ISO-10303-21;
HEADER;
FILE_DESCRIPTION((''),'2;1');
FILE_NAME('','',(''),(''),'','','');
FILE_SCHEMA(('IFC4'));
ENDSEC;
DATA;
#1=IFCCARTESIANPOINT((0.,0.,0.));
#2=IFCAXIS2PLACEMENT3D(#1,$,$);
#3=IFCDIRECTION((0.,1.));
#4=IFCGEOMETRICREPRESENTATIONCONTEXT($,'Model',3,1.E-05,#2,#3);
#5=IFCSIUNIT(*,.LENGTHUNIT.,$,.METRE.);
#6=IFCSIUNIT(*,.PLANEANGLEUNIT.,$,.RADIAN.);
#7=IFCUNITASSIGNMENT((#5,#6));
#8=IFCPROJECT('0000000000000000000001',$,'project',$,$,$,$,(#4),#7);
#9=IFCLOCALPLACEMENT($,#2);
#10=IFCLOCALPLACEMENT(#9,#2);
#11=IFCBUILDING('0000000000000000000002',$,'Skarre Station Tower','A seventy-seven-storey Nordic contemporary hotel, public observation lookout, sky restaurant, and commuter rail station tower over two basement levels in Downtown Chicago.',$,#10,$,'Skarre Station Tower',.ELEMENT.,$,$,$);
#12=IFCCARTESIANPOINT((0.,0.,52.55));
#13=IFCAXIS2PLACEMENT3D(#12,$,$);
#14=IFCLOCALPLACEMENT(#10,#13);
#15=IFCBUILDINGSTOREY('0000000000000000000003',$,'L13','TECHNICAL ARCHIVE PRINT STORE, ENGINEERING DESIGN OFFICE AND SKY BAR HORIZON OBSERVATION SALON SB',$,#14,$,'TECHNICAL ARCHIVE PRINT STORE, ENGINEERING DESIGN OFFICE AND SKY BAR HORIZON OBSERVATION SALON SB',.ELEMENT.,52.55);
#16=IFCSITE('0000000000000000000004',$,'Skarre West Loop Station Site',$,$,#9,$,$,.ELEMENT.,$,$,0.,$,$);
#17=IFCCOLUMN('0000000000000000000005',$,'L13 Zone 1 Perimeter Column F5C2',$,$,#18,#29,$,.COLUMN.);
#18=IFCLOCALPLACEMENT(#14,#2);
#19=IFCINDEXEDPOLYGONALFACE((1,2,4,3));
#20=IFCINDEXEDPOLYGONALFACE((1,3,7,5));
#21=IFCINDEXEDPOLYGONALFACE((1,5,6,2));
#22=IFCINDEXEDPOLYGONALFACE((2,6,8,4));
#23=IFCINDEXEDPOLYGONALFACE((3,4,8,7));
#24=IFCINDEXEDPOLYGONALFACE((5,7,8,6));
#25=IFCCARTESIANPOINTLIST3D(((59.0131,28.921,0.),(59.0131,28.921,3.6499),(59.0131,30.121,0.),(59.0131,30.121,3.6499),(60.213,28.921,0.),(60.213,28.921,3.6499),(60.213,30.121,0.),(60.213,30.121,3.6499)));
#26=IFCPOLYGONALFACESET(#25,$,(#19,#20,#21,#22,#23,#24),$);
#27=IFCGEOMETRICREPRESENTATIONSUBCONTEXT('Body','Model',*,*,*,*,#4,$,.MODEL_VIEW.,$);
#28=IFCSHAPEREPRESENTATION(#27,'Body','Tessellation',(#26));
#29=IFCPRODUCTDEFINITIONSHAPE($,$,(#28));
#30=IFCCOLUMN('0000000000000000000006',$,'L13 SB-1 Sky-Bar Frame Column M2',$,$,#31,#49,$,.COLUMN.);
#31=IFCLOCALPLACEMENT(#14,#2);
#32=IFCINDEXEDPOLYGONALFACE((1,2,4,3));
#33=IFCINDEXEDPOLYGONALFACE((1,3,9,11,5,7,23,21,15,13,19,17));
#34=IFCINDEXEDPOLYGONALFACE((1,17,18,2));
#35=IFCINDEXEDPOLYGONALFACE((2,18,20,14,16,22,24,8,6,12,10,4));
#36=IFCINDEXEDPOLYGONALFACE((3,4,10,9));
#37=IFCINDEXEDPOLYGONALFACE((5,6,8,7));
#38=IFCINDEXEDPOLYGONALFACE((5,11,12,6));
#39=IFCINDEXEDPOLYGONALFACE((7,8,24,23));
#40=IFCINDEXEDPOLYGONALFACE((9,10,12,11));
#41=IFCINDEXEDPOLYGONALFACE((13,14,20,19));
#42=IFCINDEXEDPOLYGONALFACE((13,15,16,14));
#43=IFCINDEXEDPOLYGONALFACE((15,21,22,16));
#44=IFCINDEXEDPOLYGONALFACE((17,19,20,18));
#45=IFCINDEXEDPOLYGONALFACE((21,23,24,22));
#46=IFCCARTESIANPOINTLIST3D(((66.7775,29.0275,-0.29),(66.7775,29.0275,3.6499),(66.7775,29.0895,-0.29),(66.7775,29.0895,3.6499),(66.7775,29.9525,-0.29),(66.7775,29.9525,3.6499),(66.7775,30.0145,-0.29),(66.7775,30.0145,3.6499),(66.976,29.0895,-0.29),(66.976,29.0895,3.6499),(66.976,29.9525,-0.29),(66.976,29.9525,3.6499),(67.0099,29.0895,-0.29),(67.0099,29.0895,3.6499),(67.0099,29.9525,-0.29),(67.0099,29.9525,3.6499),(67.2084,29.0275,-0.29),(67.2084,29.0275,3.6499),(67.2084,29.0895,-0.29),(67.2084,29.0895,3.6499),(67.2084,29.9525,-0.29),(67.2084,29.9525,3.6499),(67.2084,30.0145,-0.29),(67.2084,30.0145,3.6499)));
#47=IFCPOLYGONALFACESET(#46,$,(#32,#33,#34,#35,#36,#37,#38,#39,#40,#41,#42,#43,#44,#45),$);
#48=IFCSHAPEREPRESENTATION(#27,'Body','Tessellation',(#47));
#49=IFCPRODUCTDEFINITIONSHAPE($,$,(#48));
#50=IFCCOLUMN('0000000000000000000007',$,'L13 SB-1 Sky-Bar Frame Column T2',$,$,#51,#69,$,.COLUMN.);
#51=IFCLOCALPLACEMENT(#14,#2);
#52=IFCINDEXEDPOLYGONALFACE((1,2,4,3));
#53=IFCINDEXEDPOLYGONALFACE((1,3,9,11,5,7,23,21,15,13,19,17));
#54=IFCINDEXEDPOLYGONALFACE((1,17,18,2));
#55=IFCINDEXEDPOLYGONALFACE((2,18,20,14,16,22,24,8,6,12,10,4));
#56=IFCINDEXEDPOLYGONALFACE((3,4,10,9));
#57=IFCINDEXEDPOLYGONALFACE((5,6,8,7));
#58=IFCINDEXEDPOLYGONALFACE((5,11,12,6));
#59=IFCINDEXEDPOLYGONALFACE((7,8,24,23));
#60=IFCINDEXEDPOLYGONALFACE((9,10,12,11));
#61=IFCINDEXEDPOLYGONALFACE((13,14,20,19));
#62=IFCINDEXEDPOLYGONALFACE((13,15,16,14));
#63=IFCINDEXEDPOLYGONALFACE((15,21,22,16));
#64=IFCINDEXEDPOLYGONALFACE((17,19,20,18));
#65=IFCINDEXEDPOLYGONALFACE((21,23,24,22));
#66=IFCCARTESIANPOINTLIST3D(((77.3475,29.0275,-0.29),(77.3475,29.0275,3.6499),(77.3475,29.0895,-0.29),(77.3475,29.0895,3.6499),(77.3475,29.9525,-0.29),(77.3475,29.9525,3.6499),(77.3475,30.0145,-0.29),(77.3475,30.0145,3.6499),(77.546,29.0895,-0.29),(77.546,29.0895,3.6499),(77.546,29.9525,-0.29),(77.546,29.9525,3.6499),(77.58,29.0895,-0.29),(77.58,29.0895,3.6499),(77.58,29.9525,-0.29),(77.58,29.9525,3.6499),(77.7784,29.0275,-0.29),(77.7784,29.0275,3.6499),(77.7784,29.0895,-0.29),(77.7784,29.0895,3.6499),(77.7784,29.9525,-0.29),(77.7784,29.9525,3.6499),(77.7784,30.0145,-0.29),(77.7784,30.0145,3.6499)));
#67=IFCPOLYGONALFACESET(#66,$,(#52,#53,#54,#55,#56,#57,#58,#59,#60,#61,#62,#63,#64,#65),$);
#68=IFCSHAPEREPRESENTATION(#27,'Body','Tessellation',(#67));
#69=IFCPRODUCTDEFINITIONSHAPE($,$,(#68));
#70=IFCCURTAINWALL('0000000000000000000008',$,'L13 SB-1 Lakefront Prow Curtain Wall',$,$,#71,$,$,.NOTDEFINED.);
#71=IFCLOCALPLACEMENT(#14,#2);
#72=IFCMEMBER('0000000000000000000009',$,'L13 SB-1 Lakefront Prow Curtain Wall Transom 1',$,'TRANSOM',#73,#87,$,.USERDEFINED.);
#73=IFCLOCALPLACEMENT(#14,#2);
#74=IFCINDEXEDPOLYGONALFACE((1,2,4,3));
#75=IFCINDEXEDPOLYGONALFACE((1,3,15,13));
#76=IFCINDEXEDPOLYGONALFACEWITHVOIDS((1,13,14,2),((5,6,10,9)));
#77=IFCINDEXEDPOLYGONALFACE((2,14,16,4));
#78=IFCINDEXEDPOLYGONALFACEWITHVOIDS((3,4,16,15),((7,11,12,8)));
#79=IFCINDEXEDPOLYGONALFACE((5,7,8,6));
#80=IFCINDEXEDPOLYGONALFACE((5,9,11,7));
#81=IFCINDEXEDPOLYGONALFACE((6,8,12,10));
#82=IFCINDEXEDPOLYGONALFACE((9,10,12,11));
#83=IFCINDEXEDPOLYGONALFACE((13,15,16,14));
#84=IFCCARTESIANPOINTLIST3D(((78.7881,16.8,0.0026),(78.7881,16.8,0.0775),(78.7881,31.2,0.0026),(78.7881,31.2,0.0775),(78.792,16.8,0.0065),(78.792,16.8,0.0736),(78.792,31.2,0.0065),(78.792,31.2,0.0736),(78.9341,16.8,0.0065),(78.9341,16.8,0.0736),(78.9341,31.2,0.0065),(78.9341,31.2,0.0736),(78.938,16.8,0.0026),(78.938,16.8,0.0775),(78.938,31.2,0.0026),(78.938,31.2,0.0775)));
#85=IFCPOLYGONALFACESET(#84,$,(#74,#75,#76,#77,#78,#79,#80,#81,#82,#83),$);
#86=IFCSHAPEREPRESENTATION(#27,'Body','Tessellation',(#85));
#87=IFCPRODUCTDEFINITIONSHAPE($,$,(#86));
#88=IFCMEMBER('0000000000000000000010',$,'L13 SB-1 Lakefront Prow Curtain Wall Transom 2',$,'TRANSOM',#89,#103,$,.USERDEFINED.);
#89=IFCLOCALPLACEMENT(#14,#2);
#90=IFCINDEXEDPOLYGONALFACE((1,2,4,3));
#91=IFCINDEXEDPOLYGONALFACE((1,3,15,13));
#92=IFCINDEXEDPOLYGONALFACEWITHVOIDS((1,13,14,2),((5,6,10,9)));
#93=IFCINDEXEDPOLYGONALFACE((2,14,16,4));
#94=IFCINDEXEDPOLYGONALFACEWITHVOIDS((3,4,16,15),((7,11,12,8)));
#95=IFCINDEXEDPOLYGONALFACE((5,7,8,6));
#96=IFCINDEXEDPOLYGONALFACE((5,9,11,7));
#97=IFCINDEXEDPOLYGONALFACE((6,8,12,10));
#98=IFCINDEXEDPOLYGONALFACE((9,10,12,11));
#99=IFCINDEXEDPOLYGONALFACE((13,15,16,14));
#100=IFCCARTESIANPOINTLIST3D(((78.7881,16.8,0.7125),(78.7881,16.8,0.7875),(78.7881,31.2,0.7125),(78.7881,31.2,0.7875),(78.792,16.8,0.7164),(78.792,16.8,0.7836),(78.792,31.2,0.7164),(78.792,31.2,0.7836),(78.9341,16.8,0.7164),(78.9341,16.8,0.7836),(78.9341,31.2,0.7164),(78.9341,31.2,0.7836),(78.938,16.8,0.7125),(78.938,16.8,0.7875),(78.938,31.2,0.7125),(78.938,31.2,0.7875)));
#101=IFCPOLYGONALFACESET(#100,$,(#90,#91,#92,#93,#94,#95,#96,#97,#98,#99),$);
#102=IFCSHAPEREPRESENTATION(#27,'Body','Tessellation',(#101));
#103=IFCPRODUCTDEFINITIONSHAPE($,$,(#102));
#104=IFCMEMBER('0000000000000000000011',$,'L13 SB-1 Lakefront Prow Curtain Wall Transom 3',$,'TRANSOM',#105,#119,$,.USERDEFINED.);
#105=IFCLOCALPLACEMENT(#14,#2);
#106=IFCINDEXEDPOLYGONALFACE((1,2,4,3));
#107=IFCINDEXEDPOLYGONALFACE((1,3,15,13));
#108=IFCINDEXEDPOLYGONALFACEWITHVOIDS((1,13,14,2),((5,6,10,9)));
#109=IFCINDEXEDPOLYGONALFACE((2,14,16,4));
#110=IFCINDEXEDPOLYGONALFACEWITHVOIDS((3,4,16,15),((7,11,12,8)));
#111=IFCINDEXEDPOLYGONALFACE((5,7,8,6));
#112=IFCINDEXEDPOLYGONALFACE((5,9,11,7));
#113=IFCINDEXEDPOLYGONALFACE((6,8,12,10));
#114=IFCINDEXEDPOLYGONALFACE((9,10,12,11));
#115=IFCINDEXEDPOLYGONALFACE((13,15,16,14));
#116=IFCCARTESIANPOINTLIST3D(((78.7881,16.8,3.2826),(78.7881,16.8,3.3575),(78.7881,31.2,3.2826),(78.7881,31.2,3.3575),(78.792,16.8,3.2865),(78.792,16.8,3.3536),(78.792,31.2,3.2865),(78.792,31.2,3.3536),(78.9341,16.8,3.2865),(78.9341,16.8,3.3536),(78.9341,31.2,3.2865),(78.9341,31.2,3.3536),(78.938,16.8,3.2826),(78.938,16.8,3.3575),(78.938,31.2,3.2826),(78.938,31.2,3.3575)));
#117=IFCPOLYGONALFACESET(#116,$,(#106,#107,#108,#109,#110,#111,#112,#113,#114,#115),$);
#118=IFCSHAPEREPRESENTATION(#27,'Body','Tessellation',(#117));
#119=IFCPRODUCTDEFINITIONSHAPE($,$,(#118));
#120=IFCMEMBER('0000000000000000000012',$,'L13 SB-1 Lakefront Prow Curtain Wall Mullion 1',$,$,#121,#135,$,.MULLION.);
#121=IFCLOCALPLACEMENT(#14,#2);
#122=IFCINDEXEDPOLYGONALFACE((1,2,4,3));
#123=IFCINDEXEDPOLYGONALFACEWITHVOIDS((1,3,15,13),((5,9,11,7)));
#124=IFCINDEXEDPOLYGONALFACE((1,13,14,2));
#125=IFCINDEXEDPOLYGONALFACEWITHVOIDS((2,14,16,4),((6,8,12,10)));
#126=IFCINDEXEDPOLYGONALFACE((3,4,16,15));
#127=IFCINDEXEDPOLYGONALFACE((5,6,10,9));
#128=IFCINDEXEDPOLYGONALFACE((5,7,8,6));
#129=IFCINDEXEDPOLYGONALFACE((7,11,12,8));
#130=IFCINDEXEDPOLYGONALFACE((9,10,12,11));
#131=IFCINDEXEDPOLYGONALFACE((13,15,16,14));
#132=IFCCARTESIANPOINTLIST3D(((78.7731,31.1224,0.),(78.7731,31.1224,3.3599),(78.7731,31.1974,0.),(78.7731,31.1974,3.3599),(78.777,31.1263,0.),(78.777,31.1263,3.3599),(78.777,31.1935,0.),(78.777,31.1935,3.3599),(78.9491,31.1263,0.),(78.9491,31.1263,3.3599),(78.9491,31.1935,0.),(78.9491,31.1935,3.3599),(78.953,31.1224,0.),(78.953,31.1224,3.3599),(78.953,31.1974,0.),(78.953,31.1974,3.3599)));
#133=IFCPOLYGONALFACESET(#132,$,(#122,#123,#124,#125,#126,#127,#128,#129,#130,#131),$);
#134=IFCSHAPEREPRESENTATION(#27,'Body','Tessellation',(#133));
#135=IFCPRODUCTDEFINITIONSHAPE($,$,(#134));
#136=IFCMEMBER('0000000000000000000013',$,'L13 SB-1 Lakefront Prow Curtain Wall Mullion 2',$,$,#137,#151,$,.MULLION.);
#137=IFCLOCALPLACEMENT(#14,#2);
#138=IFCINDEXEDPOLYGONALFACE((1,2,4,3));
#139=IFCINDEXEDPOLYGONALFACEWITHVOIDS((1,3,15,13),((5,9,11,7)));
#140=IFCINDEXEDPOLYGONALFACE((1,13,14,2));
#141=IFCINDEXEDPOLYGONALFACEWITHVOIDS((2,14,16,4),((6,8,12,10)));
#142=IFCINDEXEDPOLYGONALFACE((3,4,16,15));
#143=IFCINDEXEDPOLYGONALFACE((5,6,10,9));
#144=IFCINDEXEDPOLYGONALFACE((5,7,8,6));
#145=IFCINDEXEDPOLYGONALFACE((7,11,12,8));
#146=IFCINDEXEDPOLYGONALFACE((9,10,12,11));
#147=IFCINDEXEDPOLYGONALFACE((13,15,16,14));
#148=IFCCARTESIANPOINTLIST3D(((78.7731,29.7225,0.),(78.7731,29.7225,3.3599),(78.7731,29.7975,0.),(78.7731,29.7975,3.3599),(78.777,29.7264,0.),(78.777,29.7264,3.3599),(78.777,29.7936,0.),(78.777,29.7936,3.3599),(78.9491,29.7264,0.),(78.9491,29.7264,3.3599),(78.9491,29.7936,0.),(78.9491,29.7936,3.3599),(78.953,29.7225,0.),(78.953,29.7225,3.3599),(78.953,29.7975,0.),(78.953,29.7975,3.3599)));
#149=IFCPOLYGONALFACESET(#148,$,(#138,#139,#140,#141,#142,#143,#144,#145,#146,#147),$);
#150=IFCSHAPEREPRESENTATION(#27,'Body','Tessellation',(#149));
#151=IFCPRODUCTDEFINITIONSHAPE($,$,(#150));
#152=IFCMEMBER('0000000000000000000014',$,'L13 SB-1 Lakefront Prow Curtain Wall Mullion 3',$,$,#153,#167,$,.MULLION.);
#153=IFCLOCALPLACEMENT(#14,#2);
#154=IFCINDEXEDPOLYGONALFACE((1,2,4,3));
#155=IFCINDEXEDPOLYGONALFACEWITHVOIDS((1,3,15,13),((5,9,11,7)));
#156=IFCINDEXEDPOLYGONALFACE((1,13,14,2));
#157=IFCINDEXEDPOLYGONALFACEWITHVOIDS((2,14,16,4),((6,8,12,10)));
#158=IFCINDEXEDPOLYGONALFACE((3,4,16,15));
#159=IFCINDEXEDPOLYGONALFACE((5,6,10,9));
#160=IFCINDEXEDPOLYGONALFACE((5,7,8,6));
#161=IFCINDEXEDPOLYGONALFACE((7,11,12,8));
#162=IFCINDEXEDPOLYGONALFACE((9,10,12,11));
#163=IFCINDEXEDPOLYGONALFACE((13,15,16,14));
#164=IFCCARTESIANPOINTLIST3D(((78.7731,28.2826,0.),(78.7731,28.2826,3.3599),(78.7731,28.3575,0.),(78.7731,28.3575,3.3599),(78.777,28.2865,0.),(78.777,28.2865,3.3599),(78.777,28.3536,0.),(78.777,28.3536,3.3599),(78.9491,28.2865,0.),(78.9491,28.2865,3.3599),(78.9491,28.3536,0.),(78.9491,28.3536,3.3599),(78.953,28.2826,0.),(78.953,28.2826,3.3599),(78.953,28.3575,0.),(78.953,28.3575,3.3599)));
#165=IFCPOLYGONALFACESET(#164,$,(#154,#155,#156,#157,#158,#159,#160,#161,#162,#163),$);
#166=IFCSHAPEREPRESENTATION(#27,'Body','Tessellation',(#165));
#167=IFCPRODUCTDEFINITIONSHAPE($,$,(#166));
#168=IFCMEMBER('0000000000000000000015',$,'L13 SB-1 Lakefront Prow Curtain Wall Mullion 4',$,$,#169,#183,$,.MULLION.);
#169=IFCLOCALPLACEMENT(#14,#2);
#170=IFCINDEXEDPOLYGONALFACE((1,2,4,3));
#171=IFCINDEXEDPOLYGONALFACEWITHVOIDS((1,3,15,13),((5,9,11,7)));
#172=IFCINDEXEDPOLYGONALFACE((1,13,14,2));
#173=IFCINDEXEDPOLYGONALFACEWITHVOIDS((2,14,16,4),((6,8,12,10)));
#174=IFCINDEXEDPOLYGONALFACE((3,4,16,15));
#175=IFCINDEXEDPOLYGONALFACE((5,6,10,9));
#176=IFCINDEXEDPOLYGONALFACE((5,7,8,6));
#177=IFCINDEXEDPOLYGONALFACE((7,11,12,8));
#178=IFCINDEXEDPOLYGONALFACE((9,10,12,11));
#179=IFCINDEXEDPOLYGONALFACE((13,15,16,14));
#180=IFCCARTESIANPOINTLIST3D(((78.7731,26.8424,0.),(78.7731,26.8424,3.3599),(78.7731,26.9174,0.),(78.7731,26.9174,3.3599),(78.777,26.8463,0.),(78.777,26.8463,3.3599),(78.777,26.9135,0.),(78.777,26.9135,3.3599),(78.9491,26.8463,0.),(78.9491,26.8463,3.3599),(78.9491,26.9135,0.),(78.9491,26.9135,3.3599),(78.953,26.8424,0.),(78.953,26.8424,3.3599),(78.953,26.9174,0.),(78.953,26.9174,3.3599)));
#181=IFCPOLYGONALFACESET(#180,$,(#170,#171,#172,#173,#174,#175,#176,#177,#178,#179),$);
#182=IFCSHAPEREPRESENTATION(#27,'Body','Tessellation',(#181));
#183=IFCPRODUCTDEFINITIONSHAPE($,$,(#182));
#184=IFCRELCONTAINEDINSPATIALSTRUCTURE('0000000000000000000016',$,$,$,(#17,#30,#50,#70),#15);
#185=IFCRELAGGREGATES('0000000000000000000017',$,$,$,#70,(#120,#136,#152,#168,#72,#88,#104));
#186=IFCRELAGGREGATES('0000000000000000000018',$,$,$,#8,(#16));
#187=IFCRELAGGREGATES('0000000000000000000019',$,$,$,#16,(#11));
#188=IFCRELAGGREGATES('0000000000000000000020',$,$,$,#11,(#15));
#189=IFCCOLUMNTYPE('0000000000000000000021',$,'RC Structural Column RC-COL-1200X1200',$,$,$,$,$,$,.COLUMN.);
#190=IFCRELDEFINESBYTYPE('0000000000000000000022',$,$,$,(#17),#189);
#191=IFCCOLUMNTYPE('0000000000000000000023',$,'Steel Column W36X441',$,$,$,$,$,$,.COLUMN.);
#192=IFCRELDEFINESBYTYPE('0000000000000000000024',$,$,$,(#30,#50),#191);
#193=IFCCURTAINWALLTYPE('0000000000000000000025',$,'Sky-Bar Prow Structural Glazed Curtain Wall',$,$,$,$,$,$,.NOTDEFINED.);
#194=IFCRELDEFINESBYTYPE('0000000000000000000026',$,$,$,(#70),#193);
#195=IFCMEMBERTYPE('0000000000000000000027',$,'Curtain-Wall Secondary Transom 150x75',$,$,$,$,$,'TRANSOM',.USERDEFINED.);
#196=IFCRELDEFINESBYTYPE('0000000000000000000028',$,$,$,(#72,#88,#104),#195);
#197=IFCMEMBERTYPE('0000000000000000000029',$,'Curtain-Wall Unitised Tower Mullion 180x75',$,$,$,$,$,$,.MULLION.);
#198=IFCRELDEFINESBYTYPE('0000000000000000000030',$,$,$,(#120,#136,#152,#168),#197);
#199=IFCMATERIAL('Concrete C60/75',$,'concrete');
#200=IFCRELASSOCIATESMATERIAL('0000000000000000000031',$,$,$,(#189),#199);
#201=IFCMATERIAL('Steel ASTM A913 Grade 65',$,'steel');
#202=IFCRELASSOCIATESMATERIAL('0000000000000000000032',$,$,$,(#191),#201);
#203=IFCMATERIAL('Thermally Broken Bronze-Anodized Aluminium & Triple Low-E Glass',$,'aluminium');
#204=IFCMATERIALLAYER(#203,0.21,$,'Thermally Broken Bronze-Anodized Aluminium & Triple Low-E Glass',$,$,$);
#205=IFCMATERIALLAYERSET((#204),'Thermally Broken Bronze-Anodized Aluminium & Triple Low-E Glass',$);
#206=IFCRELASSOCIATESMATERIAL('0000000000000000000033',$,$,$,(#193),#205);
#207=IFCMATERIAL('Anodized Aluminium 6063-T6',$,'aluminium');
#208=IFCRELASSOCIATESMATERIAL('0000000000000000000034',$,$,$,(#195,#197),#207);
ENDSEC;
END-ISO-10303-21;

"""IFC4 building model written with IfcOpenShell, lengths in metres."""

from ifc_helpers import new_model, si_unit, direction, frame, origin, origin_2d, place, context, subcontext, project, spatial, rectangle, hollow_rectangle, i_section, extrude, material, layer, layer_set, material_profile, profile_set, type_object, element, aggregate, save


model = new_model("IFC4")

# Units and contexts
model_context = context("Model", 3, precision=1e-05, world=origin(), true_north=direction((0.0, 1.0)))
body_context = subcontext(model_context, "Body", "Model", "MODEL_VIEW")
ifc_project = project(units=[si_unit("LENGTHUNIT", "METRE"), si_unit("PLANEANGLEUNIT", "RADIAN")], contexts=[model_context])

# Site, building, storey
site_placement = place(None, origin())
site = spatial("IfcSite", under=ifc_project, at=site_placement, Name="Skarre West Loop Station Site", CompositionType="ELEMENT", RefElevation=0.0)
building_placement = place(site_placement, origin())
building = spatial("IfcBuilding", under=site, at=building_placement, Name="Skarre Station Tower", Description="A seventy-seven-storey Nordic contemporary hotel, public observation lookout, sky restaurant, and commuter rail station tower over two basement levels in Downtown Chicago.", LongName="Skarre Station Tower", CompositionType="ELEMENT")
storey_placement = place(building_placement, frame((0.0, 0.0, 52.55)))
storey = spatial("IfcBuildingStorey", under=building, at=storey_placement, Name="L13", Description="TECHNICAL ARCHIVE PRINT STORE, ENGINEERING DESIGN OFFICE AND SKY BAR HORIZON OBSERVATION SALON SB", LongName="TECHNICAL ARCHIVE PRINT STORE, ENGINEERING DESIGN OFFICE AND SKY BAR HORIZON OBSERVATION SALON SB", CompositionType="ELEMENT", Elevation=52.55)

# Columns
ifc_material_1 = material(Name="Concrete C60/75", Category="concrete")
ifc_material_profile_1 = material_profile(ifc_material_1, rectangle(XDim=1.2, YDim=1.2, at=origin_2d()), Name="Concrete C60/75")
ifc_profile_set_1 = profile_set([ifc_material_profile_1], Name="Concrete C60/75")
column_type_1 = type_object("IfcColumnType", Name="RC Structural Column RC-COL-1200X1200", PredefinedType="COLUMN", material=ifc_profile_set_1)
column_placement = place(storey_placement, frame((59.613, 29.521, 0.0), z_axis=(0.0, 0.0, 1.0), x_axis=(1.0, 0.0, 0.0)))
element("IfcColumn", 1, at=column_placement, inside=storey, type_object=column_type_1, Name="L13 Zone 1 Perimeter Column F5C2", PredefinedType="COLUMN", context=body_context, shape_type="SweptSolid", body=[
    extrude(rectangle(XDim=1.2, YDim=1.2, at=origin_2d()), origin(), (0.0, 0.0, 1.0), 3.6499),
])
ifc_material_2 = material(Name="Steel ASTM A913 Grade 65", Category="steel")
ifc_material_profile_2 = material_profile(ifc_material_2, i_section(OverallWidth=0.4309, OverallDepth=0.9871, WebThickness=0.0339, FlangeThickness=0.062, at=origin_2d()), Name="Steel ASTM A913 Grade 65")
ifc_profile_set_2 = profile_set([ifc_material_profile_2], Name="Steel ASTM A913 Grade 65")
column_type_2 = type_object("IfcColumnType", Name="Steel Column W36X441", PredefinedType="COLUMN", material=ifc_profile_set_2)
for number, where, z_axis, x_axis, name in (
    (2, (66.9929, 29.521, -0.29), (0.0, 0.0, 1.0), (1.0, 0.0, 0.0), "L13 SB-1 Sky-Bar Frame Column M2"),
    (3, (77.563, 29.521, -0.29), (0.0, 0.0, 1.0), (1.0, 0.0, 0.0), "L13 SB-1 Sky-Bar Frame Column T2"),
):
    element("IfcColumn", number, at=place(storey_placement, frame(where, z_axis=z_axis, x_axis=x_axis)), inside=storey, type_object=column_type_2, Name=name, PredefinedType="COLUMN", context=body_context, shape_type="SweptSolid", body=[
        extrude(i_section(OverallWidth=0.4309, OverallDepth=0.9871, WebThickness=0.0339, FlangeThickness=0.062, at=origin_2d()), origin(), (0.0, 0.0, 1.0), 3.9399),
    ])

# Curtain wall, members
ifc_material_3 = material(Name="Thermally Broken Bronze-Anodized Aluminium & Triple Low-E Glass", Category="aluminium")
ifc_layer_1 = layer(ifc_material_3, 0.21, Name="Thermally Broken Bronze-Anodized Aluminium & Triple Low-E Glass")
ifc_layer_set_1 = layer_set([ifc_layer_1], Name="Thermally Broken Bronze-Anodized Aluminium & Triple Low-E Glass")
curtain_wall_type = type_object("IfcCurtainWallType", Name="Sky-Bar Prow Structural Glazed Curtain Wall", PredefinedType="NOTDEFINED", material=ifc_layer_set_1)
curtain_wall_placement = place(storey_placement, origin())
curtain_wall = element("IfcCurtainWall", 4, at=curtain_wall_placement, inside=storey, type_object=curtain_wall_type, Name="L13 SB-1 Lakefront Prow Curtain Wall", PredefinedType="NOTDEFINED")
ifc_material_4 = material(Name="Anodized Aluminium 6063-T6", Category="aluminium")
ifc_material_profile_3 = material_profile(ifc_material_4, hollow_rectangle(XDim=0.075, YDim=0.1499, WallThickness=0.0039, at=origin_2d()), Name="Anodized Aluminium 6063-T6")
ifc_profile_set_3 = profile_set([ifc_material_profile_3], Name="Anodized Aluminium 6063-T6")
member_type_1 = type_object("IfcMemberType", Name="Curtain-Wall Secondary Transom 150x75", ElementType="TRANSOM", PredefinedType="USERDEFINED", material=ifc_profile_set_3)
member_1_placement = place(storey_placement, frame((78.863, 31.2, 0.04), z_axis=(0.0, -1.0, 0.0), x_axis=(0.0, 0.0, 1.0)))
member_1 = element("IfcMember", 5, at=member_1_placement, type_object=member_type_1, Name="L13 SB-1 Lakefront Prow Curtain Wall Transom 1", ObjectType="TRANSOM", PredefinedType="USERDEFINED", context=body_context, shape_type="SweptSolid", body=[
    extrude(hollow_rectangle(XDim=0.075, YDim=0.1499, WallThickness=0.0039, at=origin_2d()), origin(), (0.0, 0.0, 1.0), 14.3999),
])
member_2_placement = place(storey_placement, frame((78.863, 31.2, 0.75), z_axis=(0.0, -1.0, 0.0), x_axis=(0.0, 0.0, 1.0)))
member_2 = element("IfcMember", 6, at=member_2_placement, type_object=member_type_1, Name="L13 SB-1 Lakefront Prow Curtain Wall Transom 2", ObjectType="TRANSOM", PredefinedType="USERDEFINED", context=body_context, shape_type="SweptSolid", body=[
    extrude(hollow_rectangle(XDim=0.075, YDim=0.1499, WallThickness=0.0039, at=origin_2d()), origin(), (0.0, 0.0, 1.0), 14.3999),
])
member_3_placement = place(storey_placement, frame((78.863, 31.2, 3.3201), z_axis=(0.0, -1.0, 0.0), x_axis=(0.0, 0.0, 1.0)))
member_3 = element("IfcMember", 7, at=member_3_placement, type_object=member_type_1, Name="L13 SB-1 Lakefront Prow Curtain Wall Transom 3", ObjectType="TRANSOM", PredefinedType="USERDEFINED", context=body_context, shape_type="SweptSolid", body=[
    extrude(hollow_rectangle(XDim=0.075, YDim=0.1499, WallThickness=0.0039, at=origin_2d()), origin(), (0.0, 0.0, 1.0), 14.3999),
])
ifc_material_profile_4 = material_profile(ifc_material_4, hollow_rectangle(XDim=0.075, YDim=0.1799, WallThickness=0.0039, at=origin_2d()), Name="Anodized Aluminium 6063-T6")
ifc_profile_set_4 = profile_set([ifc_material_profile_4], Name="Anodized Aluminium 6063-T6")
member_type_2 = type_object("IfcMemberType", Name="Curtain-Wall Unitised Tower Mullion 180x75", PredefinedType="MULLION", material=ifc_profile_set_4)
member_4_placement = place(storey_placement, frame((78.863, 31.1599, 0.0), z_axis=(0.0, 0.0, 1.0), x_axis=(0.0, -1.0, 0.0)))
member_4 = element("IfcMember", 8, at=member_4_placement, type_object=member_type_2, Name="L13 SB-1 Lakefront Prow Curtain Wall Mullion 1", PredefinedType="MULLION", context=body_context, shape_type="SweptSolid", body=[
    extrude(hollow_rectangle(XDim=0.075, YDim=0.1799, WallThickness=0.0039, at=origin_2d()), origin(), (0.0, 0.0, 1.0), 3.3599),
])
member_5_placement = place(storey_placement, frame((78.863, 29.76, 0.0), z_axis=(0.0, 0.0, 1.0), x_axis=(0.0, -1.0, 0.0)))
member_5 = element("IfcMember", 9, at=member_5_placement, type_object=member_type_2, Name="L13 SB-1 Lakefront Prow Curtain Wall Mullion 2", PredefinedType="MULLION", context=body_context, shape_type="SweptSolid", body=[
    extrude(hollow_rectangle(XDim=0.075, YDim=0.1799, WallThickness=0.0039, at=origin_2d()), origin(), (0.0, 0.0, 1.0), 3.3599),
])
member_6_placement = place(storey_placement, frame((78.863, 28.3201, 0.0), z_axis=(0.0, 0.0, 1.0), x_axis=(0.0, -1.0, 0.0)))
member_6 = element("IfcMember", 10, at=member_6_placement, type_object=member_type_2, Name="L13 SB-1 Lakefront Prow Curtain Wall Mullion 3", PredefinedType="MULLION", context=body_context, shape_type="SweptSolid", body=[
    extrude(hollow_rectangle(XDim=0.075, YDim=0.1799, WallThickness=0.0039, at=origin_2d()), origin(), (0.0, 0.0, 1.0), 3.3599),
])
member_7_placement = place(storey_placement, frame((78.863, 26.8799, 0.0), z_axis=(0.0, 0.0, 1.0), x_axis=(0.0, -1.0, 0.0)))
member_7 = element("IfcMember", 11, at=member_7_placement, type_object=member_type_2, Name="L13 SB-1 Lakefront Prow Curtain Wall Mullion 4", PredefinedType="MULLION", context=body_context, shape_type="SweptSolid", body=[
    extrude(hollow_rectangle(XDim=0.075, YDim=0.1799, WallThickness=0.0039, at=origin_2d()), origin(), (0.0, 0.0, 1.0), 3.3599),
])

aggregate(curtain_wall, [member_4, member_5, member_6, member_7, member_1, member_2, member_3])

save(model, "model.ifc")
